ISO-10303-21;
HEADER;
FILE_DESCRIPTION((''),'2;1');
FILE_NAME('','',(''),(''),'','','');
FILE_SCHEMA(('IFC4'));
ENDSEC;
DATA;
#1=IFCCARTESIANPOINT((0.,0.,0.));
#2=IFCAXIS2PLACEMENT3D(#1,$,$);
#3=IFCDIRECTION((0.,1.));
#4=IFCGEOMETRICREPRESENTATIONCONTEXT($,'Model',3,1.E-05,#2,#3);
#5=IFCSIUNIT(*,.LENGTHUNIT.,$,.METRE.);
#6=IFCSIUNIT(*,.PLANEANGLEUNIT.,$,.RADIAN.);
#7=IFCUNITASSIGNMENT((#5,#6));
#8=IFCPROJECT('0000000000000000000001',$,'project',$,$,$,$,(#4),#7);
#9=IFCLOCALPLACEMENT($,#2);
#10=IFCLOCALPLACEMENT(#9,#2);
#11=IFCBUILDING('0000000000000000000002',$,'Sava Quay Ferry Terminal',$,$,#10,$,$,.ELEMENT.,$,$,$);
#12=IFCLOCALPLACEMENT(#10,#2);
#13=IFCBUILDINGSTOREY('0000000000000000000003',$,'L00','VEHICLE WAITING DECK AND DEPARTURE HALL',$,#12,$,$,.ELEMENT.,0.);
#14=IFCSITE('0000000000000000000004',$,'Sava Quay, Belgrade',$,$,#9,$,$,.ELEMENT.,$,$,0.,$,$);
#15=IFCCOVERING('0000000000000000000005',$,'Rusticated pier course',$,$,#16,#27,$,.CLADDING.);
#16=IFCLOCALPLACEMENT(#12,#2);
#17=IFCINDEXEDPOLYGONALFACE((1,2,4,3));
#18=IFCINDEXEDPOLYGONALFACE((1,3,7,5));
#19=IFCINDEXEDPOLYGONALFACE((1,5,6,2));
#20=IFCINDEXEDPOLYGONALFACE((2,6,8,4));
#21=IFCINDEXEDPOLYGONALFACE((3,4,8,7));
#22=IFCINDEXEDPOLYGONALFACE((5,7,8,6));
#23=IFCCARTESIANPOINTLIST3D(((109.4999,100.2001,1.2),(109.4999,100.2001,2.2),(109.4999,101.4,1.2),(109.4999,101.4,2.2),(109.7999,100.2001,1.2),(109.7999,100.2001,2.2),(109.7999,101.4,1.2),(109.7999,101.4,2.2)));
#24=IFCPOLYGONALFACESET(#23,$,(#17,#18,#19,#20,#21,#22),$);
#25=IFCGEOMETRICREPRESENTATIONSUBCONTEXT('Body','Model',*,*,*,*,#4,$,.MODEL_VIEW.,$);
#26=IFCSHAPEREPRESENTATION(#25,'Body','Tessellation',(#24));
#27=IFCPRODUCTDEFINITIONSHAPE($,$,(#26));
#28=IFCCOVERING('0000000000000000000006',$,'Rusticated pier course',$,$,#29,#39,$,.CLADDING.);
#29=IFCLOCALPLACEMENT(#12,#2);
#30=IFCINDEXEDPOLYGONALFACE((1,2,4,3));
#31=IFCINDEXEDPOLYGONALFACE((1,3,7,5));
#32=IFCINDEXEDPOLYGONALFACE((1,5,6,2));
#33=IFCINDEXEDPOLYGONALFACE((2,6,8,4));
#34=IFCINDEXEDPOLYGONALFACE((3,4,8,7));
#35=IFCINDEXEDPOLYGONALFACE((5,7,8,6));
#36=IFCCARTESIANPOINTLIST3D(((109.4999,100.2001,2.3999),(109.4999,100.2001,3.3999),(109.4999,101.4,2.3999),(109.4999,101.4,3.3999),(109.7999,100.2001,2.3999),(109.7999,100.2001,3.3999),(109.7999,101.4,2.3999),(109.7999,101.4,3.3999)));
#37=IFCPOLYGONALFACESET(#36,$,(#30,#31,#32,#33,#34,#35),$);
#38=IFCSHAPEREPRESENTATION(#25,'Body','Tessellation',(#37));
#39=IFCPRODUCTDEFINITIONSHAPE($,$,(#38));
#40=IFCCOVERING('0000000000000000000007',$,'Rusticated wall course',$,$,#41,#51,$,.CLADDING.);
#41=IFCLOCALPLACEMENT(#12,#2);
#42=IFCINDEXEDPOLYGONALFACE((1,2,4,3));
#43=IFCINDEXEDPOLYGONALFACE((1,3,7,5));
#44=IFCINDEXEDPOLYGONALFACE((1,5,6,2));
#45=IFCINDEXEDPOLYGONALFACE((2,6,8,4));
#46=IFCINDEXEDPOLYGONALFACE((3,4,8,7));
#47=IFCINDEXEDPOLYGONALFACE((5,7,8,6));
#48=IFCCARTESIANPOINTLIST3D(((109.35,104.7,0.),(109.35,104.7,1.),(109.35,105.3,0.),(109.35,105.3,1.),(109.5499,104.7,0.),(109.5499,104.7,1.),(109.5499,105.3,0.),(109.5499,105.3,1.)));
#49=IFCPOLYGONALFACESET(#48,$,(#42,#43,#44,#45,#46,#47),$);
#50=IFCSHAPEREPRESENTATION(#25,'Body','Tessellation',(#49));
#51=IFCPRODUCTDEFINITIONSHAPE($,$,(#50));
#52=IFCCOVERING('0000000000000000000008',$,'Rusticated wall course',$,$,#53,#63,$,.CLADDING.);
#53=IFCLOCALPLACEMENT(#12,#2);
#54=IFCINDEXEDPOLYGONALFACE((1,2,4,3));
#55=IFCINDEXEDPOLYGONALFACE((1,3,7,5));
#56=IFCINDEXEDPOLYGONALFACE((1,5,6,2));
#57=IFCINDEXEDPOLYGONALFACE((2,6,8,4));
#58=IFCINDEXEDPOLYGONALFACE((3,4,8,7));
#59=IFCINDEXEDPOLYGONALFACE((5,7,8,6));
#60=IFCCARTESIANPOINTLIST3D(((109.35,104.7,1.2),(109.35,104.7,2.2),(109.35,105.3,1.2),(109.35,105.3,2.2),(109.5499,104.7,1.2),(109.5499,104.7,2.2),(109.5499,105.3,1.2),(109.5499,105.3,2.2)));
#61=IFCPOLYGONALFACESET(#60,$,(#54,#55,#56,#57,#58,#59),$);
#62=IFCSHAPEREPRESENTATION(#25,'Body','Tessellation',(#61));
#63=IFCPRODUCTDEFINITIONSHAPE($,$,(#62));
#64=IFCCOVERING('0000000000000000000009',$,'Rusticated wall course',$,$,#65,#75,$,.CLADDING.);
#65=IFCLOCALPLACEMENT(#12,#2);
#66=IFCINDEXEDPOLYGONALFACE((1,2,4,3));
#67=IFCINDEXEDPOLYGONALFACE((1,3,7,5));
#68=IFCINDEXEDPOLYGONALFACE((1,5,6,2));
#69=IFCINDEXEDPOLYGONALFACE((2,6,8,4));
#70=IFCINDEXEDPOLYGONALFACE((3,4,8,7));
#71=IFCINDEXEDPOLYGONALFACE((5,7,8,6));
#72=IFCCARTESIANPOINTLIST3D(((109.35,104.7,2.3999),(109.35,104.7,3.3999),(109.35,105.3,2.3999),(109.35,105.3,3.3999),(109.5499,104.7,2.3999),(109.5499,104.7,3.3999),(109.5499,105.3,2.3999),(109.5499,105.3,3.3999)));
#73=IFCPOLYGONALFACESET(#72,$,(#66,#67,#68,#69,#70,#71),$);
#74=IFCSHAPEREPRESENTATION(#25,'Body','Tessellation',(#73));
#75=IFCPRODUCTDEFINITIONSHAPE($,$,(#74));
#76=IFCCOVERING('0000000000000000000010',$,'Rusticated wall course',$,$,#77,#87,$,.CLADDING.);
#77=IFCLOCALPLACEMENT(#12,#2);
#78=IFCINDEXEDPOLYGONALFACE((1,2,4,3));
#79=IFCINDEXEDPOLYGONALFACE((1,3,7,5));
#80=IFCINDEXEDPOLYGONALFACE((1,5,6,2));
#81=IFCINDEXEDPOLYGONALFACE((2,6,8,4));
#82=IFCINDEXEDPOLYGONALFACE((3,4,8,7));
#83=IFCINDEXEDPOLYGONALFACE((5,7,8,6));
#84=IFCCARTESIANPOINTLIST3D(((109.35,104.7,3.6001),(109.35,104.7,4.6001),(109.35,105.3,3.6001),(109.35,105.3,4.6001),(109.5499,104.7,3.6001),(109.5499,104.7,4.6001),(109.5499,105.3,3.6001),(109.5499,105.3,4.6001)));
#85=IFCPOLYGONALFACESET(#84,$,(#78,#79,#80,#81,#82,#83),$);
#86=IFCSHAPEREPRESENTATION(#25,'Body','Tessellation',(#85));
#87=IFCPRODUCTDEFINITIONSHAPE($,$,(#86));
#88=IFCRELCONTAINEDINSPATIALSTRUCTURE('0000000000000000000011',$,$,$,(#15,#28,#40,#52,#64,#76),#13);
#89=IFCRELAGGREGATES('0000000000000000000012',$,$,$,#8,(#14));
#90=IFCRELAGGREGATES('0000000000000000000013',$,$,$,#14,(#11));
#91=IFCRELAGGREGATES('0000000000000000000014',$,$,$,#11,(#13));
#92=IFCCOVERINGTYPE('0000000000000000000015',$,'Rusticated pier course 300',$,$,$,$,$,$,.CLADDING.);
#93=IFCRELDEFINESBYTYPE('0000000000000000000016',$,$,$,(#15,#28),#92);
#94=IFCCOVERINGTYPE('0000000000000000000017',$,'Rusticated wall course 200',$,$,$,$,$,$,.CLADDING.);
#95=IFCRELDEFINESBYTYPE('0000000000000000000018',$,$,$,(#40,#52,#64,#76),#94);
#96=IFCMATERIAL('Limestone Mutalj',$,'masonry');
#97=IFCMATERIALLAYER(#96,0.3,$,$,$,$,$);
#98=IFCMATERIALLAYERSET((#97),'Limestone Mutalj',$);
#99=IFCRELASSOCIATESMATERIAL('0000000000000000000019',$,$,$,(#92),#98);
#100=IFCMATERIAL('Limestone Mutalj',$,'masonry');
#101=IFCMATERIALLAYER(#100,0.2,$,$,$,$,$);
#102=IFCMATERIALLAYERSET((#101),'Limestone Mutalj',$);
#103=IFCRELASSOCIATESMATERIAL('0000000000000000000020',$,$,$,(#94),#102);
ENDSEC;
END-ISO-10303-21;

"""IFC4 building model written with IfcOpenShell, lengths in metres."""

from ifc_helpers import new_model, si_unit, direction, frame, origin, origin_2d, place, context, subcontext, project, spatial, rectangle, extrude, material, layer, layer_set, type_object, element, save


model = new_model("IFC4")

# Units and contexts
model_context = context("Model", 3, precision=1e-05, world=origin(), true_north=direction((0.0, 1.0)))
body_context = subcontext(model_context, "Body", "Model", "MODEL_VIEW")
ifc_project = project(units=[si_unit("LENGTHUNIT", "METRE"), si_unit("PLANEANGLEUNIT", "RADIAN")], contexts=[model_context])

# Site, building, storey
site_placement = place(None, origin())
site = spatial("IfcSite", under=ifc_project, at=site_placement, Name="Sava Quay, Belgrade", CompositionType="ELEMENT", RefElevation=0.0)
building_placement = place(site_placement, origin())
building = spatial("IfcBuilding", under=site, at=building_placement, Name="Sava Quay Ferry Terminal", CompositionType="ELEMENT")
storey_placement = place(building_placement, origin())
storey = spatial("IfcBuildingStorey", under=building, at=storey_placement, Name="L00", Description="VEHICLE WAITING DECK AND DEPARTURE HALL", CompositionType="ELEMENT", Elevation=0.0)

# Coverings
ifc_material_1 = material(Name="Limestone Mutalj", Category="masonry")
ifc_layer_1 = layer(ifc_material_1, 0.3)
ifc_layer_set_1 = layer_set([ifc_layer_1], Name="Limestone Mutalj")
covering_type_1 = type_object("IfcCoveringType", Name="Rusticated pier course 300", PredefinedType="CLADDING", material=ifc_layer_set_1)
for number, where, z_axis, x_axis, name in (
    (1, (109.6499, 100.8, 1.2), (0.0, 0.0, 1.0), (1.0, 0.0, 0.0), "Rusticated pier course"),
    (2, (109.6499, 100.8, 2.3999), (0.0, 0.0, 1.0), (1.0, 0.0, 0.0), "Rusticated pier course"),
):
    element("IfcCovering", number, at=place(storey_placement, frame(where, z_axis=z_axis, x_axis=x_axis)), inside=storey, type_object=covering_type_1, Name=name, PredefinedType="CLADDING", context=body_context, shape_type="SweptSolid", body=[
        extrude(rectangle(XDim=0.3, YDim=1.2, at=origin_2d()), origin(), (0.0, 0.0, 1.0), 1.0),
    ])
ifc_material_2 = material(Name="Limestone Mutalj", Category="masonry")
ifc_layer_2 = layer(ifc_material_2, 0.2)
ifc_layer_set_2 = layer_set([ifc_layer_2], Name="Limestone Mutalj")
covering_type_2 = type_object("IfcCoveringType", Name="Rusticated wall course 200", PredefinedType="CLADDING", material=ifc_layer_set_2)
for number, where, z_axis, x_axis, name in (
    (3, (109.45, 105.0, 0.0), (0.0, 0.0, 1.0), (1.0, 0.0, 0.0), "Rusticated wall course"),
    (4, (109.45, 105.0, 1.2), (0.0, 0.0, 1.0), (1.0, 0.0, 0.0), "Rusticated wall course"),
    (5, (109.45, 105.0, 2.3999), (0.0, 0.0, 1.0), (1.0, 0.0, 0.0), "Rusticated wall course"),
    (6, (109.45, 105.0, 3.6001), (0.0, 0.0, 1.0), (1.0, 0.0, 0.0), "Rusticated wall course"),
):
    element("IfcCovering", number, at=place(storey_placement, frame(where, z_axis=z_axis, x_axis=x_axis)), inside=storey, type_object=covering_type_2, Name=name, PredefinedType="CLADDING", context=body_context, shape_type="SweptSolid", body=[
        extrude(rectangle(XDim=0.2, YDim=0.6001, at=origin_2d()), origin(), (0.0, 0.0, 1.0), 1.0),
    ])

save(model, "model.ifc")
